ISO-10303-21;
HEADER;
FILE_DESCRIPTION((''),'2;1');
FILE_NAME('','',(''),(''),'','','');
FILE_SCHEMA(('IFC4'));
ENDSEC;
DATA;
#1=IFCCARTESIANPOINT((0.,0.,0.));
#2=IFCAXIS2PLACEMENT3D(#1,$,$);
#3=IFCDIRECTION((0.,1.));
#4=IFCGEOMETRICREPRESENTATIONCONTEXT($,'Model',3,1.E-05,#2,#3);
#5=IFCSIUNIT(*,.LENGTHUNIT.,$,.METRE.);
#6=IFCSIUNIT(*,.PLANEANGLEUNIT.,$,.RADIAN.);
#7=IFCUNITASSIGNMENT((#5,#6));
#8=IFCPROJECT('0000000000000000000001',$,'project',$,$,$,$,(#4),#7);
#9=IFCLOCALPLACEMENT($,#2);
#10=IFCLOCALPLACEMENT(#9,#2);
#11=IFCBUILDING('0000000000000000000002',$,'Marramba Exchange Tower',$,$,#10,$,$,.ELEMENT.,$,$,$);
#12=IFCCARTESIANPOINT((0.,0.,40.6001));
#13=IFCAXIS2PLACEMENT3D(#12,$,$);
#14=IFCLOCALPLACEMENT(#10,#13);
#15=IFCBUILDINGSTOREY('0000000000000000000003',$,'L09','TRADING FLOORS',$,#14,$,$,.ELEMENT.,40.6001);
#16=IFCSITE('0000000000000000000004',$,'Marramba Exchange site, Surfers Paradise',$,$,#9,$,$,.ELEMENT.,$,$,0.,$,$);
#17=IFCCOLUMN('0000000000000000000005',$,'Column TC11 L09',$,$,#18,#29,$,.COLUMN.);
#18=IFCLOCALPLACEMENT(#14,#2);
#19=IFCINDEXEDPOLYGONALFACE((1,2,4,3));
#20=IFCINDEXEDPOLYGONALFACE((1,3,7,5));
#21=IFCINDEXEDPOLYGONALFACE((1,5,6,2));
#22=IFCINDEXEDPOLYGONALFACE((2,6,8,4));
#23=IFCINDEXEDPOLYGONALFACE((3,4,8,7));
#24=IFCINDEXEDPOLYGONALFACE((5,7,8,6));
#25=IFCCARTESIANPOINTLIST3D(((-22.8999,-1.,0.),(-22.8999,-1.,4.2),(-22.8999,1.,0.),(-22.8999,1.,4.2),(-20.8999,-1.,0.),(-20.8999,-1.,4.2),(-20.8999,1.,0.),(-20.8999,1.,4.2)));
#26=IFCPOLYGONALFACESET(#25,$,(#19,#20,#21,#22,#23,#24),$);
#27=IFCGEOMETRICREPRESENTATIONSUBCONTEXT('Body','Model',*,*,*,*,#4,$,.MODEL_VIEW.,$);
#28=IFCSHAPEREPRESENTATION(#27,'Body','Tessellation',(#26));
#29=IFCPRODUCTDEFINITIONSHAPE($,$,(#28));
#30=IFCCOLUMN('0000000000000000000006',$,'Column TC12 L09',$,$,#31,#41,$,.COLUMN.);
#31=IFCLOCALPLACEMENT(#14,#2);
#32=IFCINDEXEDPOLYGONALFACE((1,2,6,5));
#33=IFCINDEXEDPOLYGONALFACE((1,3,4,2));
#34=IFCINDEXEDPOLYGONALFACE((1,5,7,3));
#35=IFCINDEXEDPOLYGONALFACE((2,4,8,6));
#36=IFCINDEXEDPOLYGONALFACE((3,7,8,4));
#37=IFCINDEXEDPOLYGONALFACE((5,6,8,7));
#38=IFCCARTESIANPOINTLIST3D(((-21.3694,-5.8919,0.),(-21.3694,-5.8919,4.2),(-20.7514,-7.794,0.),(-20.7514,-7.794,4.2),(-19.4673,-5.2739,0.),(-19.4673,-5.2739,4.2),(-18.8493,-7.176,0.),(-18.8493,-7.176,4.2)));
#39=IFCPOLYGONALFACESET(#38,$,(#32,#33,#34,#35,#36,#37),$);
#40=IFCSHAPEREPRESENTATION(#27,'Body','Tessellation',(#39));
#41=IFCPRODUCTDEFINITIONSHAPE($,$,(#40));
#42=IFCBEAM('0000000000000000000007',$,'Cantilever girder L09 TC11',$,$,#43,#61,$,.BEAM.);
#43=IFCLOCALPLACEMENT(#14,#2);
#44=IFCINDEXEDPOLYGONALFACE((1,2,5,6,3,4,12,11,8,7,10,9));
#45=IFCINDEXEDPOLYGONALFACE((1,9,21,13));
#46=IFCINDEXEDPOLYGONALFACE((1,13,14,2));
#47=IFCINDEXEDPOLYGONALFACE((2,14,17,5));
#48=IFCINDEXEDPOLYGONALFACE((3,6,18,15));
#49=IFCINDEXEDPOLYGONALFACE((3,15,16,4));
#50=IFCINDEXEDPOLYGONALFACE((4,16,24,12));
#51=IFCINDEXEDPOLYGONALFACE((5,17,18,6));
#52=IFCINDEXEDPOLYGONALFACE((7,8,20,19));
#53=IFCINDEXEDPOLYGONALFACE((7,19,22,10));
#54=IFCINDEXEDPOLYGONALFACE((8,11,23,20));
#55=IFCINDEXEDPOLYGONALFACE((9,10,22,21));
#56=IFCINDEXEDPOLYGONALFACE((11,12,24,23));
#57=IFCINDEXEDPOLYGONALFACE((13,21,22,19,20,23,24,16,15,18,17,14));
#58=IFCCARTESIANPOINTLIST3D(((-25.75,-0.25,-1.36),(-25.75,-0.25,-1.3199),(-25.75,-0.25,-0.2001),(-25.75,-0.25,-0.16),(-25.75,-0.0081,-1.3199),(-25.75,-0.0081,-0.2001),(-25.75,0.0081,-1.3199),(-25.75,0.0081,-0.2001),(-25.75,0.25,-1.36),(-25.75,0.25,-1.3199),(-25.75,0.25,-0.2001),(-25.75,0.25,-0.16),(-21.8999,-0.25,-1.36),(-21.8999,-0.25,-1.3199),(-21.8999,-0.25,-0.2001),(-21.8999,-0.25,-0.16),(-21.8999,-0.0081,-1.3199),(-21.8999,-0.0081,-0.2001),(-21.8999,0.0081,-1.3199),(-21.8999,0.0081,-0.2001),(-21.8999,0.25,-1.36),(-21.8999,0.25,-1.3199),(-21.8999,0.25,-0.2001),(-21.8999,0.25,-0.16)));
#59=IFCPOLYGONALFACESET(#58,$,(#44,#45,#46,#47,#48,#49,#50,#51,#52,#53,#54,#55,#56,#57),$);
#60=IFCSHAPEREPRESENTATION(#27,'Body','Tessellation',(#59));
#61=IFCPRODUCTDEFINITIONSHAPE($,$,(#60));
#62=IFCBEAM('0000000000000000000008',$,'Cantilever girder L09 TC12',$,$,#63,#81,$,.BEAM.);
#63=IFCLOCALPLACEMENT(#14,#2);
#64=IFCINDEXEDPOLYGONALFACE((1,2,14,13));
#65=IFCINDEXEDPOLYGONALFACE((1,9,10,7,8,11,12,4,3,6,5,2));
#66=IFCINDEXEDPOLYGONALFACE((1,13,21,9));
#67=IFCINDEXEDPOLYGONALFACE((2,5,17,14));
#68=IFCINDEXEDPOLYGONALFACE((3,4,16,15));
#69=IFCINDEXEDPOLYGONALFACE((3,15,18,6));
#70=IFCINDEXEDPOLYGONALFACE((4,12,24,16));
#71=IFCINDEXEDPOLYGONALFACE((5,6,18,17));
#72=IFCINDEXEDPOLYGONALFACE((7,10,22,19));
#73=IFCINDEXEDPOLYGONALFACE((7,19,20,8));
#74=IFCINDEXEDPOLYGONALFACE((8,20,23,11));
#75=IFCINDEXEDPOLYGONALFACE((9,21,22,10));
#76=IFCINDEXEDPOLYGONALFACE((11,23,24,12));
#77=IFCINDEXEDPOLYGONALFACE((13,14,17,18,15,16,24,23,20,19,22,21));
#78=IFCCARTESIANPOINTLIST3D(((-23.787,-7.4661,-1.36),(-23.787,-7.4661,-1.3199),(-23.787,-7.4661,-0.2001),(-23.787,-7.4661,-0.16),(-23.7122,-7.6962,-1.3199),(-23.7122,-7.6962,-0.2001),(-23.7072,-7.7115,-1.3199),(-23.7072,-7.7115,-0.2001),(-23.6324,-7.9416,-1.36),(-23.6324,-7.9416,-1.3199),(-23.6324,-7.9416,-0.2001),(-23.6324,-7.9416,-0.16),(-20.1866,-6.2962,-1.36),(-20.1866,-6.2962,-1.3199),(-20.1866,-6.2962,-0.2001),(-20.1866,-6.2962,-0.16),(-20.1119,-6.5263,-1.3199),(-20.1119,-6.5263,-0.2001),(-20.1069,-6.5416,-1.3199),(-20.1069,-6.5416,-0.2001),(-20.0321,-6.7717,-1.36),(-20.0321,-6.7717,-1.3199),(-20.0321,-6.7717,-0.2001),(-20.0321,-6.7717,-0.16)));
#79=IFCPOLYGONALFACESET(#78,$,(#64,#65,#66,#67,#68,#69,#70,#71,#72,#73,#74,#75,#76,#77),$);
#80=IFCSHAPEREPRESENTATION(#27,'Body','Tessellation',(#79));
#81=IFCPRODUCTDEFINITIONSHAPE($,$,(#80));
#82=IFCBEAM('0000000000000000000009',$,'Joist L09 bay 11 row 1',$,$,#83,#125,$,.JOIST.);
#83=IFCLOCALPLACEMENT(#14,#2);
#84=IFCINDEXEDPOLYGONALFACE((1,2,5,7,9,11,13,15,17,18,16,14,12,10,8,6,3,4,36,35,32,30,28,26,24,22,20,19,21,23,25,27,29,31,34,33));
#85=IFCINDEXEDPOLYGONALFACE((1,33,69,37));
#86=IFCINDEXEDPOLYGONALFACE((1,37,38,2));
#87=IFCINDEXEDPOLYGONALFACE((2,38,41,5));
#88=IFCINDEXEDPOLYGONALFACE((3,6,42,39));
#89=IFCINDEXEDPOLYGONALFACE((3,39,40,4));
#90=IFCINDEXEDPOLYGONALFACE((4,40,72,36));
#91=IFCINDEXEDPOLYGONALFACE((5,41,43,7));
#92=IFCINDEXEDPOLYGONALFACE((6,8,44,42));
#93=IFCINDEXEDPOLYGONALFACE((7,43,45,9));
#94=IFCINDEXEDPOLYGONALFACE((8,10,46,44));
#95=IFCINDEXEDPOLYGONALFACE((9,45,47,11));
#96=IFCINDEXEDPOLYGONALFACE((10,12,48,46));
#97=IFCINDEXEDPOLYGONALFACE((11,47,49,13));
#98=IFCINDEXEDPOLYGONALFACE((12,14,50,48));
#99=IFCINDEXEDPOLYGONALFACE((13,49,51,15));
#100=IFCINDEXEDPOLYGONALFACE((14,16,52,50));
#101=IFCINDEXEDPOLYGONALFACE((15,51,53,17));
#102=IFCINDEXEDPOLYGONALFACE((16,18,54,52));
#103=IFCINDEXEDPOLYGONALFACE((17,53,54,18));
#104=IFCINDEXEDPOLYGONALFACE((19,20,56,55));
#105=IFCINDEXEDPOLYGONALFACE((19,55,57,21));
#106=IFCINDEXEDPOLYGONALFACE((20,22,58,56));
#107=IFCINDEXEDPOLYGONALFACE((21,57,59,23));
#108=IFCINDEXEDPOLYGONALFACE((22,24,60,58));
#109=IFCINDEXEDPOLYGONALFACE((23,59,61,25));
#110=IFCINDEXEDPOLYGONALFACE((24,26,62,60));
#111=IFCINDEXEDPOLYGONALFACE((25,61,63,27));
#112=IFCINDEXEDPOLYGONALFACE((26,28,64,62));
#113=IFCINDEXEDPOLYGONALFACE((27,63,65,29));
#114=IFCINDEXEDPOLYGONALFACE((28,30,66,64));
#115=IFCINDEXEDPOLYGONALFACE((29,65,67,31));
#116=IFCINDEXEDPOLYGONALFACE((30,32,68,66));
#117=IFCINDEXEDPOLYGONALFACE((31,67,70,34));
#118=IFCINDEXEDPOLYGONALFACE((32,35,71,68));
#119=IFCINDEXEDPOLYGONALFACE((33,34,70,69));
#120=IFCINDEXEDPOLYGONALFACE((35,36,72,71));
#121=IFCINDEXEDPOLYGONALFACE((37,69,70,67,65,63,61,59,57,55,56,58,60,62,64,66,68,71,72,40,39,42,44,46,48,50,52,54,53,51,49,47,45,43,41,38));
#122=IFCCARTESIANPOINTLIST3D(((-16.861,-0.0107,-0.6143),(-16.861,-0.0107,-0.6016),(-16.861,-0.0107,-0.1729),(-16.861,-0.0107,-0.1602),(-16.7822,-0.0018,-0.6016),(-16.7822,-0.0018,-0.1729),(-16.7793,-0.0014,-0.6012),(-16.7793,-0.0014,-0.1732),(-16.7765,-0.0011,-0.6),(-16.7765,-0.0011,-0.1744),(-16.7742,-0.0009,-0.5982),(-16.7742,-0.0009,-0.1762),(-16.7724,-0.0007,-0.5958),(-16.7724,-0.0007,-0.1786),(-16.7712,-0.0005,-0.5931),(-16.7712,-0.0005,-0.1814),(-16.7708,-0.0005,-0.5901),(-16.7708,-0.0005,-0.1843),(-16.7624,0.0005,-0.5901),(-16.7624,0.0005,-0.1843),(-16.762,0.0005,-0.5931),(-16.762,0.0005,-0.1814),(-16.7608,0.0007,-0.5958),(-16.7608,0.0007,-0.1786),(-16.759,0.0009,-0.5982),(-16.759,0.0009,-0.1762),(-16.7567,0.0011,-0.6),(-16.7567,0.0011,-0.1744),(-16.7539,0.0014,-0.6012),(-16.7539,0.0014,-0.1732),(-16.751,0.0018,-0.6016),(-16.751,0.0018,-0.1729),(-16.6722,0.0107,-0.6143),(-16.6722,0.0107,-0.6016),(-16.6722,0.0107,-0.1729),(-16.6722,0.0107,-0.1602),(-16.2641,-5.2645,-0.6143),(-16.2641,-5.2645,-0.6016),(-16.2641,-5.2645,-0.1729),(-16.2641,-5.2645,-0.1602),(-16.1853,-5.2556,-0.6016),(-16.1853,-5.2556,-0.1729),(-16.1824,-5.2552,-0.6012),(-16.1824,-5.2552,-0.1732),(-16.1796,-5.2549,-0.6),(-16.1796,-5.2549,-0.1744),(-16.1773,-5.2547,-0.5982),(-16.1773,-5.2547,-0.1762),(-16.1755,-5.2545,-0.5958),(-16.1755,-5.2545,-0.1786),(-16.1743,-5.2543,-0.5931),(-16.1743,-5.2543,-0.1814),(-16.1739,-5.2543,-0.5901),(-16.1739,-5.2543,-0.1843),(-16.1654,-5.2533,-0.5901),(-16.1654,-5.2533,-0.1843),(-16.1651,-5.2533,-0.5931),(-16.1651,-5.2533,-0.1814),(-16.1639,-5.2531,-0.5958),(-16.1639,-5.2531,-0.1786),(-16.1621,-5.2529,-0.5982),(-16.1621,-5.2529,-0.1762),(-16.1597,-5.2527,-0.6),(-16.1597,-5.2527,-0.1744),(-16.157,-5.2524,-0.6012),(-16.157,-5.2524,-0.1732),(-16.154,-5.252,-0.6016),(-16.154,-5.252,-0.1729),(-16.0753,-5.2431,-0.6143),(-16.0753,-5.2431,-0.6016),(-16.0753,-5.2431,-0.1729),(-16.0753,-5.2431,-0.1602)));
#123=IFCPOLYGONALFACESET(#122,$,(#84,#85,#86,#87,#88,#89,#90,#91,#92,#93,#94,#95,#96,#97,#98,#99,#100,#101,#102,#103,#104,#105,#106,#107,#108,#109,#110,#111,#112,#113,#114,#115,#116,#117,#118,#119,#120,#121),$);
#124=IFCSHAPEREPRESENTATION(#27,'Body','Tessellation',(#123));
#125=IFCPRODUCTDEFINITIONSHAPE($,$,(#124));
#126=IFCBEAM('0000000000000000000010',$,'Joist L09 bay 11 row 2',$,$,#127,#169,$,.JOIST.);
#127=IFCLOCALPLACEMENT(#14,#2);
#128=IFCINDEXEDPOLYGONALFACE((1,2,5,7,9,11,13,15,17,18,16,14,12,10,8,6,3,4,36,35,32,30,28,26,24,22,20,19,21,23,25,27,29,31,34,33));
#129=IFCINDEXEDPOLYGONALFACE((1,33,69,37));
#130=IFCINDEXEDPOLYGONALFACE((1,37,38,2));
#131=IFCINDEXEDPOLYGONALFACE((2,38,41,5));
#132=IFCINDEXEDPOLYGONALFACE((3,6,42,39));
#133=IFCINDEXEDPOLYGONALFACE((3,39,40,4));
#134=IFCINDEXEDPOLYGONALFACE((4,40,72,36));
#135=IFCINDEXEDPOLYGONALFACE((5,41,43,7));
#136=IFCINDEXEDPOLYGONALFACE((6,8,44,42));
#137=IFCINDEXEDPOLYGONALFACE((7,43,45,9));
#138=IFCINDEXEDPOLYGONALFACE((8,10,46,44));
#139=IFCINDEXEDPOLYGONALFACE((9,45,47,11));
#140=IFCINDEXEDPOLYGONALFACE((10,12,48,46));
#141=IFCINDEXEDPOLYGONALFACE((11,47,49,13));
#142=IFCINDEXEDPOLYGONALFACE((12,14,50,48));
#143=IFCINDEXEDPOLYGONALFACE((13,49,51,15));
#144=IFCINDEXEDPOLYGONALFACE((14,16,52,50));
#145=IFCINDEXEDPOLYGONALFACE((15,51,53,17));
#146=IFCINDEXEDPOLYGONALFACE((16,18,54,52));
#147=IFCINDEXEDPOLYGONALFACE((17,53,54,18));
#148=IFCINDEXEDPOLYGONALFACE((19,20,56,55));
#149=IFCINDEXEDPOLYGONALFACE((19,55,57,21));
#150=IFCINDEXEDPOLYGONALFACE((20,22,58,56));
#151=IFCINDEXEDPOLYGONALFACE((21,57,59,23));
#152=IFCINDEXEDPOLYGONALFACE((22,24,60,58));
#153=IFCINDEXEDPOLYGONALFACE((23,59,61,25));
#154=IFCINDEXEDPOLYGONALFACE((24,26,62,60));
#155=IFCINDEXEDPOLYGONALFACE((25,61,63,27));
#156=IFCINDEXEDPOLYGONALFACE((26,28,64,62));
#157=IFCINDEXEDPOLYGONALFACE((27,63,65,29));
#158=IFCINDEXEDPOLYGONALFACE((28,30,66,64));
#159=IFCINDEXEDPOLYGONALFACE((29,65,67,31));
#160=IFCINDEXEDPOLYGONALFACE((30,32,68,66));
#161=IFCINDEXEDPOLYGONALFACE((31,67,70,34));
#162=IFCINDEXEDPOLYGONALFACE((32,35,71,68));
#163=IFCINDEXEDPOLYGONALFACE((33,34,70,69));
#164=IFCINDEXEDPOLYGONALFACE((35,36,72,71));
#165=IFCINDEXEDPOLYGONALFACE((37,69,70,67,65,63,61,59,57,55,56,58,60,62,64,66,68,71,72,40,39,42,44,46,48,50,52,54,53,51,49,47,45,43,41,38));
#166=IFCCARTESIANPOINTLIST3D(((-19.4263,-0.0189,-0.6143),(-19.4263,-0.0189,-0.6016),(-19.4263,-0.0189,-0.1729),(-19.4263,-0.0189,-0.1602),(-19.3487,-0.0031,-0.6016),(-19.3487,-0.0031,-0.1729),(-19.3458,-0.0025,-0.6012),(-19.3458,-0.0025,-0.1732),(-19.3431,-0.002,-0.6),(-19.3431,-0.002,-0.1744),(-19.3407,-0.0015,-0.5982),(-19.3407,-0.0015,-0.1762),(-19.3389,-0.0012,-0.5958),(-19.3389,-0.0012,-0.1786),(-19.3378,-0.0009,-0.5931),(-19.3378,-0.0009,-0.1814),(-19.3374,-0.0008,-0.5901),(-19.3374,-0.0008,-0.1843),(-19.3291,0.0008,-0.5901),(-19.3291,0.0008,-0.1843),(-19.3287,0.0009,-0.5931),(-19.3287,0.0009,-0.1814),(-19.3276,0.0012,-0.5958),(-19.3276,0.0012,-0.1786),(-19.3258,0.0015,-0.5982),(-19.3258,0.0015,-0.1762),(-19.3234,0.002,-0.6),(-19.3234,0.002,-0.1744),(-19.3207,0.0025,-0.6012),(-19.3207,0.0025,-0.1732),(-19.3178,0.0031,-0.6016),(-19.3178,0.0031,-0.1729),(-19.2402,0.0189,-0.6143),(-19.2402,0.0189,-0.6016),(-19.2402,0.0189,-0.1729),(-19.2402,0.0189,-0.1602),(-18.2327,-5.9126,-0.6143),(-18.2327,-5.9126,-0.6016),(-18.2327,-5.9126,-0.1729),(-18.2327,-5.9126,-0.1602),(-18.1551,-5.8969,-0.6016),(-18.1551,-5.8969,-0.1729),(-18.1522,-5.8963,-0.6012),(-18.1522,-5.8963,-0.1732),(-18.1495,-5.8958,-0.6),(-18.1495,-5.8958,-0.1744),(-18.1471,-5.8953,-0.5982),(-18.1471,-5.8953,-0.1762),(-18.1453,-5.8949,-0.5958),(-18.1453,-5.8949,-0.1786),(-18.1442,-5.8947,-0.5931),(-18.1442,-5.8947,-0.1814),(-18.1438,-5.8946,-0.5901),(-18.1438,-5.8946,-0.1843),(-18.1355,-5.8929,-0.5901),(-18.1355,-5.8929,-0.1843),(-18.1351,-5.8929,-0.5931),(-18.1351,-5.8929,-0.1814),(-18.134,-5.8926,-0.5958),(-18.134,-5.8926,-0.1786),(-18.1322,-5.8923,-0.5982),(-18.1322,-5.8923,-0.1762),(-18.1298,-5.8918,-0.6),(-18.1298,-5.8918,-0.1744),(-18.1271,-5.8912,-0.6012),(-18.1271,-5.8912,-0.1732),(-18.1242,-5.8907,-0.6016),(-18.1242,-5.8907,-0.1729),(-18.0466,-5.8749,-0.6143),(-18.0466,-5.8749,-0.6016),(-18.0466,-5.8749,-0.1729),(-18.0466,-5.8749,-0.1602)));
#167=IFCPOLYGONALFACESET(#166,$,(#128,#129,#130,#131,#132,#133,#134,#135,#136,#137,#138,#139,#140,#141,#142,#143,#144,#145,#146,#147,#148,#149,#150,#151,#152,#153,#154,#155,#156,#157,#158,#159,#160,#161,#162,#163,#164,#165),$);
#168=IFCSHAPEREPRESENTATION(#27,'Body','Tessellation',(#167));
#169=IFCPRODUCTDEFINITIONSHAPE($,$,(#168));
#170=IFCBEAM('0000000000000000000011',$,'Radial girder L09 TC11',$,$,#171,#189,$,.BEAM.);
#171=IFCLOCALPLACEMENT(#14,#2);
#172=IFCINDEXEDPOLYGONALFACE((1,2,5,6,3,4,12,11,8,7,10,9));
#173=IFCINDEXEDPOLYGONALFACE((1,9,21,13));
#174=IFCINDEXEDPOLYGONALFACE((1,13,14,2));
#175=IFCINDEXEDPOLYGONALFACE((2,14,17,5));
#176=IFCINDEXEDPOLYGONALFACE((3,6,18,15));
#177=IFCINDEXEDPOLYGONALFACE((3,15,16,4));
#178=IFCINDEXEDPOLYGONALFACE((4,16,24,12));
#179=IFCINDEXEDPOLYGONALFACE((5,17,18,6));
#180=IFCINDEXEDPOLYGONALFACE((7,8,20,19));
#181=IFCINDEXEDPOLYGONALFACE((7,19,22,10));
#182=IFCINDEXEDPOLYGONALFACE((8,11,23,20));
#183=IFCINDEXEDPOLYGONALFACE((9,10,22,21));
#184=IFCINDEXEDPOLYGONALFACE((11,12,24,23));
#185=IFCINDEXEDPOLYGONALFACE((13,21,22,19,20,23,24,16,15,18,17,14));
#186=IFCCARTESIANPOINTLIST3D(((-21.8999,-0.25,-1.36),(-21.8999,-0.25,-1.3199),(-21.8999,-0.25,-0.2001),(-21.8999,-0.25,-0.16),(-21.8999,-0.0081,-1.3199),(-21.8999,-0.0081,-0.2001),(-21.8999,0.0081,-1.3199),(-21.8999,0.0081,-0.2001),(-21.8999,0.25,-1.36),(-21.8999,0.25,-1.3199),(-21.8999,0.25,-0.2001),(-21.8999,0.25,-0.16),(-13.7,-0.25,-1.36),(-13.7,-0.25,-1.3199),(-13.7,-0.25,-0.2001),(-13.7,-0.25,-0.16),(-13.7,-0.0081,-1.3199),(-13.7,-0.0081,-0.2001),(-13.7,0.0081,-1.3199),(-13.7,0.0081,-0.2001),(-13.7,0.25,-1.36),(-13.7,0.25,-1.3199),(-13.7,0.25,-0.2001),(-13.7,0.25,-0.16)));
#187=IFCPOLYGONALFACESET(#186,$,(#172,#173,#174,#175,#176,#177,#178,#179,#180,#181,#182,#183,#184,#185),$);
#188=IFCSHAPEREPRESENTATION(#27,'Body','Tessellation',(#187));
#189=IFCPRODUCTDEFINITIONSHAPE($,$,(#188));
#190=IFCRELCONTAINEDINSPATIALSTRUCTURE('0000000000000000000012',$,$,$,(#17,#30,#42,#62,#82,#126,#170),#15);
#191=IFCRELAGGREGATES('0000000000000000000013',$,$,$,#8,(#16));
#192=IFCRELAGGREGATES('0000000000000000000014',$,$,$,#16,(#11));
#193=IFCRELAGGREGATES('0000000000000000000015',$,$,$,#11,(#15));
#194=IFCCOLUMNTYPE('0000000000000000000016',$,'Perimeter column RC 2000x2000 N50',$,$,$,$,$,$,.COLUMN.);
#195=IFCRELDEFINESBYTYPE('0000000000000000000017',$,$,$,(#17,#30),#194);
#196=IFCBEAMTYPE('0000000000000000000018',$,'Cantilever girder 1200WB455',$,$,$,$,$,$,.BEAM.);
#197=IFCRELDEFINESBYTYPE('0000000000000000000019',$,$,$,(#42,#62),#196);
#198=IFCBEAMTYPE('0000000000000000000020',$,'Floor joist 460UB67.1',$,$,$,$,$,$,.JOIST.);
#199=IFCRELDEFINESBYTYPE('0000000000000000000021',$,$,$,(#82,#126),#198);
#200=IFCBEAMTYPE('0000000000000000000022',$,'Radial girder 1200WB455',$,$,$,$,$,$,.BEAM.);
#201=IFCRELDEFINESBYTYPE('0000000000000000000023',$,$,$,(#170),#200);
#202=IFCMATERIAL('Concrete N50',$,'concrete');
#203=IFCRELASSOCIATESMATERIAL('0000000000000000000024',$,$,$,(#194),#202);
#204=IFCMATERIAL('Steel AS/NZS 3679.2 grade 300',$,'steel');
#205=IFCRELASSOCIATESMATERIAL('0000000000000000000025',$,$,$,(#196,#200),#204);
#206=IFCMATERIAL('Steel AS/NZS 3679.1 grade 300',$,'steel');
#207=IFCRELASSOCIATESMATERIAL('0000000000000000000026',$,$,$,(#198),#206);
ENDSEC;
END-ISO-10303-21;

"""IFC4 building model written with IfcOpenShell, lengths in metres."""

from ifc_helpers import new_model, si_unit, direction, frame, origin, origin_2d, place, context, subcontext, project, spatial, rectangle, i_section, extrude, material, material_profile, profile_set, type_object, element, save


model = new_model("IFC4")

# Units and contexts
model_context = context("Model", 3, precision=1e-05, world=origin(), true_north=direction((0.0, 1.0)))
body_context = subcontext(model_context, "Body", "Model", "MODEL_VIEW")
ifc_project = project(units=[si_unit("LENGTHUNIT", "METRE"), si_unit("PLANEANGLEUNIT", "RADIAN")], contexts=[model_context])

# Site, building, storey
site_placement = place(None, origin())
site = spatial("IfcSite", under=ifc_project, at=site_placement, Name="Marramba Exchange site, Surfers Paradise", CompositionType="ELEMENT", RefElevation=0.0)
building_placement = place(site_placement, origin())
building = spatial("IfcBuilding", under=site, at=building_placement, Name="Marramba Exchange Tower", CompositionType="ELEMENT")
storey_placement = place(building_placement, frame((0.0, 0.0, 40.6001)))
storey = spatial("IfcBuildingStorey", under=building, at=storey_placement, Name="L09", Description="TRADING FLOORS", CompositionType="ELEMENT", Elevation=40.6001)

# Columns
ifc_material_1 = material(Name="Concrete N50", Category="concrete")
ifc_material_profile_1 = material_profile(ifc_material_1, rectangle(XDim=2.0, YDim=2.0, at=origin_2d()), Name="RC 2000x2000")
ifc_profile_set_1 = profile_set([ifc_material_profile_1], Name="Concrete N50")
column_type = type_object("IfcColumnType", Name="Perimeter column RC 2000x2000 N50", PredefinedType="COLUMN", material=ifc_profile_set_1)
for number, where, z_axis, x_axis, name in (
    (1, (-21.8999, 0.0, 0.0), (0.0, 0.0, 1.0), (-1.0, 0.0, 0.0), "Column TC11 L09"),
    (2, (-20.1094, -6.5339, 0.0), (0.0, 0.0, 1.0), (-0.951057, -0.309017, 0.0), "Column TC12 L09"),
):
    element("IfcColumn", number, at=place(storey_placement, frame(where, z_axis=z_axis, x_axis=x_axis)), inside=storey, type_object=column_type, Name=name, PredefinedType="COLUMN", context=body_context, shape_type="SweptSolid", body=[
        extrude(rectangle(XDim=2.0, YDim=2.0, at=origin_2d()), origin(), (0.0, 0.0, 1.0), 4.2),
    ])

# Beams
ifc_material_2 = material(Name="Steel AS/NZS 3679.2 grade 300", Category="steel")
ifc_material_profile_2 = material_profile(ifc_material_2, i_section(OverallWidth=0.5, OverallDepth=1.2, WebThickness=0.0161, FlangeThickness=0.04, at=origin_2d()), Name="1200WB455")
ifc_profile_set_2 = profile_set([ifc_material_profile_2], Name="Steel AS/NZS 3679.2 grade 300")
beam_type_1 = type_object("IfcBeamType", Name="Cantilever girder 1200WB455", PredefinedType="BEAM", material=ifc_profile_set_2)
beam_1_placement = place(storey_placement, frame((-21.8999, 0.0, -0.76), z_axis=(-1.0, 0.0, 0.0), x_axis=(0.0, -1.0, 0.0)))
element("IfcBeam", 3, at=beam_1_placement, inside=storey, type_object=beam_type_1, Name="Cantilever girder L09 TC11", PredefinedType="BEAM", context=body_context, shape_type="SweptSolid", body=[
    extrude(i_section(OverallWidth=0.5, OverallDepth=1.2, WebThickness=0.0161, FlangeThickness=0.04, at=origin_2d()), origin(), (0.0, 0.0, 1.0), 3.8501),
])
beam_2_placement = place(storey_placement, frame((-20.1094, -6.5339, -0.76), z_axis=(-0.951049, -0.309041, 0.0), x_axis=(0.309041, -0.951049, 0.0)))
element("IfcBeam", 4, at=beam_2_placement, inside=storey, type_object=beam_type_1, Name="Cantilever girder L09 TC12", PredefinedType="BEAM", context=body_context, shape_type="SweptSolid", body=[
    extrude(i_section(OverallWidth=0.5, OverallDepth=1.2, WebThickness=0.0161, FlangeThickness=0.04, at=origin_2d()), origin(), (0.0, 0.0, 1.0), 3.7856),
])
ifc_material_3 = material(Name="Steel AS/NZS 3679.1 grade 300", Category="steel")
ifc_material_profile_3 = material_profile(ifc_material_3, i_section(OverallWidth=0.1899, OverallDepth=0.4541, WebThickness=0.0085, FlangeThickness=0.0127, FilletRadius=0.0115, at=origin_2d()), Name="460UB67.1")
ifc_profile_set_3 = profile_set([ifc_material_profile_3], Name="Steel AS/NZS 3679.1 grade 300")
beam_type_2 = type_object("IfcBeamType", Name="Floor joist 460UB67.1", PredefinedType="JOIST", material=ifc_profile_set_3)
beam_3_placement = place(storey_placement, frame((-16.7666, 0.0, -0.3872), z_axis=(0.112889, -0.993608, 0.0), x_axis=(0.993608, 0.112889, 0.0)))
element("IfcBeam", 5, at=beam_3_placement, inside=storey, type_object=beam_type_2, Name="Joist L09 bay 11 row 1", PredefinedType="JOIST", context=body_context, shape_type="SweptSolid", body=[
    extrude(i_section(OverallWidth=0.1899, OverallDepth=0.4541, WebThickness=0.0085, FlangeThickness=0.0127, FilletRadius=0.0115, at=origin_2d()), origin(), (0.0, 0.0, 1.0), 5.2876),
])
beam_4_placement = place(storey_placement, frame((-19.3333, 0.0, -0.3872), z_axis=(0.198489, -0.980103, 0.0), x_axis=(0.980103, 0.198489, 0.0)))
element("IfcBeam", 6, at=beam_4_placement, inside=storey, type_object=beam_type_2, Name="Joist L09 bay 11 row 2", PredefinedType="JOIST", context=body_context, shape_type="SweptSolid", body=[
    extrude(i_section(OverallWidth=0.1899, OverallDepth=0.4541, WebThickness=0.0085, FlangeThickness=0.0127, FilletRadius=0.0115, at=origin_2d()), origin(), (0.0, 0.0, 1.0), 6.0134),
])
ifc_material_profile_4 = material_profile(ifc_material_2, i_section(OverallWidth=0.5, OverallDepth=1.2, WebThickness=0.0161, FlangeThickness=0.04, at=origin_2d()), Name="1200WB455")
ifc_profile_set_4 = profile_set([ifc_material_profile_4], Name="Steel AS/NZS 3679.2 grade 300")
beam_type_3 = type_object("IfcBeamType", Name="Radial girder 1200WB455", PredefinedType="BEAM", material=ifc_profile_set_4)
beam_5_placement = place(storey_placement, frame((-13.7, 0.0, -0.76), z_axis=(-1.0, 0.0, 0.0), x_axis=(0.0, -1.0, 0.0)))
element("IfcBeam", 7, at=beam_5_placement, inside=storey, type_object=beam_type_3, Name="Radial girder L09 TC11", PredefinedType="BEAM", context=body_context, shape_type="SweptSolid", body=[
    extrude(i_section(OverallWidth=0.5, OverallDepth=1.2, WebThickness=0.0161, FlangeThickness=0.04, at=origin_2d()), origin(), (0.0, 0.0, 1.0), 8.2),
])

save(model, "model.ifc")
